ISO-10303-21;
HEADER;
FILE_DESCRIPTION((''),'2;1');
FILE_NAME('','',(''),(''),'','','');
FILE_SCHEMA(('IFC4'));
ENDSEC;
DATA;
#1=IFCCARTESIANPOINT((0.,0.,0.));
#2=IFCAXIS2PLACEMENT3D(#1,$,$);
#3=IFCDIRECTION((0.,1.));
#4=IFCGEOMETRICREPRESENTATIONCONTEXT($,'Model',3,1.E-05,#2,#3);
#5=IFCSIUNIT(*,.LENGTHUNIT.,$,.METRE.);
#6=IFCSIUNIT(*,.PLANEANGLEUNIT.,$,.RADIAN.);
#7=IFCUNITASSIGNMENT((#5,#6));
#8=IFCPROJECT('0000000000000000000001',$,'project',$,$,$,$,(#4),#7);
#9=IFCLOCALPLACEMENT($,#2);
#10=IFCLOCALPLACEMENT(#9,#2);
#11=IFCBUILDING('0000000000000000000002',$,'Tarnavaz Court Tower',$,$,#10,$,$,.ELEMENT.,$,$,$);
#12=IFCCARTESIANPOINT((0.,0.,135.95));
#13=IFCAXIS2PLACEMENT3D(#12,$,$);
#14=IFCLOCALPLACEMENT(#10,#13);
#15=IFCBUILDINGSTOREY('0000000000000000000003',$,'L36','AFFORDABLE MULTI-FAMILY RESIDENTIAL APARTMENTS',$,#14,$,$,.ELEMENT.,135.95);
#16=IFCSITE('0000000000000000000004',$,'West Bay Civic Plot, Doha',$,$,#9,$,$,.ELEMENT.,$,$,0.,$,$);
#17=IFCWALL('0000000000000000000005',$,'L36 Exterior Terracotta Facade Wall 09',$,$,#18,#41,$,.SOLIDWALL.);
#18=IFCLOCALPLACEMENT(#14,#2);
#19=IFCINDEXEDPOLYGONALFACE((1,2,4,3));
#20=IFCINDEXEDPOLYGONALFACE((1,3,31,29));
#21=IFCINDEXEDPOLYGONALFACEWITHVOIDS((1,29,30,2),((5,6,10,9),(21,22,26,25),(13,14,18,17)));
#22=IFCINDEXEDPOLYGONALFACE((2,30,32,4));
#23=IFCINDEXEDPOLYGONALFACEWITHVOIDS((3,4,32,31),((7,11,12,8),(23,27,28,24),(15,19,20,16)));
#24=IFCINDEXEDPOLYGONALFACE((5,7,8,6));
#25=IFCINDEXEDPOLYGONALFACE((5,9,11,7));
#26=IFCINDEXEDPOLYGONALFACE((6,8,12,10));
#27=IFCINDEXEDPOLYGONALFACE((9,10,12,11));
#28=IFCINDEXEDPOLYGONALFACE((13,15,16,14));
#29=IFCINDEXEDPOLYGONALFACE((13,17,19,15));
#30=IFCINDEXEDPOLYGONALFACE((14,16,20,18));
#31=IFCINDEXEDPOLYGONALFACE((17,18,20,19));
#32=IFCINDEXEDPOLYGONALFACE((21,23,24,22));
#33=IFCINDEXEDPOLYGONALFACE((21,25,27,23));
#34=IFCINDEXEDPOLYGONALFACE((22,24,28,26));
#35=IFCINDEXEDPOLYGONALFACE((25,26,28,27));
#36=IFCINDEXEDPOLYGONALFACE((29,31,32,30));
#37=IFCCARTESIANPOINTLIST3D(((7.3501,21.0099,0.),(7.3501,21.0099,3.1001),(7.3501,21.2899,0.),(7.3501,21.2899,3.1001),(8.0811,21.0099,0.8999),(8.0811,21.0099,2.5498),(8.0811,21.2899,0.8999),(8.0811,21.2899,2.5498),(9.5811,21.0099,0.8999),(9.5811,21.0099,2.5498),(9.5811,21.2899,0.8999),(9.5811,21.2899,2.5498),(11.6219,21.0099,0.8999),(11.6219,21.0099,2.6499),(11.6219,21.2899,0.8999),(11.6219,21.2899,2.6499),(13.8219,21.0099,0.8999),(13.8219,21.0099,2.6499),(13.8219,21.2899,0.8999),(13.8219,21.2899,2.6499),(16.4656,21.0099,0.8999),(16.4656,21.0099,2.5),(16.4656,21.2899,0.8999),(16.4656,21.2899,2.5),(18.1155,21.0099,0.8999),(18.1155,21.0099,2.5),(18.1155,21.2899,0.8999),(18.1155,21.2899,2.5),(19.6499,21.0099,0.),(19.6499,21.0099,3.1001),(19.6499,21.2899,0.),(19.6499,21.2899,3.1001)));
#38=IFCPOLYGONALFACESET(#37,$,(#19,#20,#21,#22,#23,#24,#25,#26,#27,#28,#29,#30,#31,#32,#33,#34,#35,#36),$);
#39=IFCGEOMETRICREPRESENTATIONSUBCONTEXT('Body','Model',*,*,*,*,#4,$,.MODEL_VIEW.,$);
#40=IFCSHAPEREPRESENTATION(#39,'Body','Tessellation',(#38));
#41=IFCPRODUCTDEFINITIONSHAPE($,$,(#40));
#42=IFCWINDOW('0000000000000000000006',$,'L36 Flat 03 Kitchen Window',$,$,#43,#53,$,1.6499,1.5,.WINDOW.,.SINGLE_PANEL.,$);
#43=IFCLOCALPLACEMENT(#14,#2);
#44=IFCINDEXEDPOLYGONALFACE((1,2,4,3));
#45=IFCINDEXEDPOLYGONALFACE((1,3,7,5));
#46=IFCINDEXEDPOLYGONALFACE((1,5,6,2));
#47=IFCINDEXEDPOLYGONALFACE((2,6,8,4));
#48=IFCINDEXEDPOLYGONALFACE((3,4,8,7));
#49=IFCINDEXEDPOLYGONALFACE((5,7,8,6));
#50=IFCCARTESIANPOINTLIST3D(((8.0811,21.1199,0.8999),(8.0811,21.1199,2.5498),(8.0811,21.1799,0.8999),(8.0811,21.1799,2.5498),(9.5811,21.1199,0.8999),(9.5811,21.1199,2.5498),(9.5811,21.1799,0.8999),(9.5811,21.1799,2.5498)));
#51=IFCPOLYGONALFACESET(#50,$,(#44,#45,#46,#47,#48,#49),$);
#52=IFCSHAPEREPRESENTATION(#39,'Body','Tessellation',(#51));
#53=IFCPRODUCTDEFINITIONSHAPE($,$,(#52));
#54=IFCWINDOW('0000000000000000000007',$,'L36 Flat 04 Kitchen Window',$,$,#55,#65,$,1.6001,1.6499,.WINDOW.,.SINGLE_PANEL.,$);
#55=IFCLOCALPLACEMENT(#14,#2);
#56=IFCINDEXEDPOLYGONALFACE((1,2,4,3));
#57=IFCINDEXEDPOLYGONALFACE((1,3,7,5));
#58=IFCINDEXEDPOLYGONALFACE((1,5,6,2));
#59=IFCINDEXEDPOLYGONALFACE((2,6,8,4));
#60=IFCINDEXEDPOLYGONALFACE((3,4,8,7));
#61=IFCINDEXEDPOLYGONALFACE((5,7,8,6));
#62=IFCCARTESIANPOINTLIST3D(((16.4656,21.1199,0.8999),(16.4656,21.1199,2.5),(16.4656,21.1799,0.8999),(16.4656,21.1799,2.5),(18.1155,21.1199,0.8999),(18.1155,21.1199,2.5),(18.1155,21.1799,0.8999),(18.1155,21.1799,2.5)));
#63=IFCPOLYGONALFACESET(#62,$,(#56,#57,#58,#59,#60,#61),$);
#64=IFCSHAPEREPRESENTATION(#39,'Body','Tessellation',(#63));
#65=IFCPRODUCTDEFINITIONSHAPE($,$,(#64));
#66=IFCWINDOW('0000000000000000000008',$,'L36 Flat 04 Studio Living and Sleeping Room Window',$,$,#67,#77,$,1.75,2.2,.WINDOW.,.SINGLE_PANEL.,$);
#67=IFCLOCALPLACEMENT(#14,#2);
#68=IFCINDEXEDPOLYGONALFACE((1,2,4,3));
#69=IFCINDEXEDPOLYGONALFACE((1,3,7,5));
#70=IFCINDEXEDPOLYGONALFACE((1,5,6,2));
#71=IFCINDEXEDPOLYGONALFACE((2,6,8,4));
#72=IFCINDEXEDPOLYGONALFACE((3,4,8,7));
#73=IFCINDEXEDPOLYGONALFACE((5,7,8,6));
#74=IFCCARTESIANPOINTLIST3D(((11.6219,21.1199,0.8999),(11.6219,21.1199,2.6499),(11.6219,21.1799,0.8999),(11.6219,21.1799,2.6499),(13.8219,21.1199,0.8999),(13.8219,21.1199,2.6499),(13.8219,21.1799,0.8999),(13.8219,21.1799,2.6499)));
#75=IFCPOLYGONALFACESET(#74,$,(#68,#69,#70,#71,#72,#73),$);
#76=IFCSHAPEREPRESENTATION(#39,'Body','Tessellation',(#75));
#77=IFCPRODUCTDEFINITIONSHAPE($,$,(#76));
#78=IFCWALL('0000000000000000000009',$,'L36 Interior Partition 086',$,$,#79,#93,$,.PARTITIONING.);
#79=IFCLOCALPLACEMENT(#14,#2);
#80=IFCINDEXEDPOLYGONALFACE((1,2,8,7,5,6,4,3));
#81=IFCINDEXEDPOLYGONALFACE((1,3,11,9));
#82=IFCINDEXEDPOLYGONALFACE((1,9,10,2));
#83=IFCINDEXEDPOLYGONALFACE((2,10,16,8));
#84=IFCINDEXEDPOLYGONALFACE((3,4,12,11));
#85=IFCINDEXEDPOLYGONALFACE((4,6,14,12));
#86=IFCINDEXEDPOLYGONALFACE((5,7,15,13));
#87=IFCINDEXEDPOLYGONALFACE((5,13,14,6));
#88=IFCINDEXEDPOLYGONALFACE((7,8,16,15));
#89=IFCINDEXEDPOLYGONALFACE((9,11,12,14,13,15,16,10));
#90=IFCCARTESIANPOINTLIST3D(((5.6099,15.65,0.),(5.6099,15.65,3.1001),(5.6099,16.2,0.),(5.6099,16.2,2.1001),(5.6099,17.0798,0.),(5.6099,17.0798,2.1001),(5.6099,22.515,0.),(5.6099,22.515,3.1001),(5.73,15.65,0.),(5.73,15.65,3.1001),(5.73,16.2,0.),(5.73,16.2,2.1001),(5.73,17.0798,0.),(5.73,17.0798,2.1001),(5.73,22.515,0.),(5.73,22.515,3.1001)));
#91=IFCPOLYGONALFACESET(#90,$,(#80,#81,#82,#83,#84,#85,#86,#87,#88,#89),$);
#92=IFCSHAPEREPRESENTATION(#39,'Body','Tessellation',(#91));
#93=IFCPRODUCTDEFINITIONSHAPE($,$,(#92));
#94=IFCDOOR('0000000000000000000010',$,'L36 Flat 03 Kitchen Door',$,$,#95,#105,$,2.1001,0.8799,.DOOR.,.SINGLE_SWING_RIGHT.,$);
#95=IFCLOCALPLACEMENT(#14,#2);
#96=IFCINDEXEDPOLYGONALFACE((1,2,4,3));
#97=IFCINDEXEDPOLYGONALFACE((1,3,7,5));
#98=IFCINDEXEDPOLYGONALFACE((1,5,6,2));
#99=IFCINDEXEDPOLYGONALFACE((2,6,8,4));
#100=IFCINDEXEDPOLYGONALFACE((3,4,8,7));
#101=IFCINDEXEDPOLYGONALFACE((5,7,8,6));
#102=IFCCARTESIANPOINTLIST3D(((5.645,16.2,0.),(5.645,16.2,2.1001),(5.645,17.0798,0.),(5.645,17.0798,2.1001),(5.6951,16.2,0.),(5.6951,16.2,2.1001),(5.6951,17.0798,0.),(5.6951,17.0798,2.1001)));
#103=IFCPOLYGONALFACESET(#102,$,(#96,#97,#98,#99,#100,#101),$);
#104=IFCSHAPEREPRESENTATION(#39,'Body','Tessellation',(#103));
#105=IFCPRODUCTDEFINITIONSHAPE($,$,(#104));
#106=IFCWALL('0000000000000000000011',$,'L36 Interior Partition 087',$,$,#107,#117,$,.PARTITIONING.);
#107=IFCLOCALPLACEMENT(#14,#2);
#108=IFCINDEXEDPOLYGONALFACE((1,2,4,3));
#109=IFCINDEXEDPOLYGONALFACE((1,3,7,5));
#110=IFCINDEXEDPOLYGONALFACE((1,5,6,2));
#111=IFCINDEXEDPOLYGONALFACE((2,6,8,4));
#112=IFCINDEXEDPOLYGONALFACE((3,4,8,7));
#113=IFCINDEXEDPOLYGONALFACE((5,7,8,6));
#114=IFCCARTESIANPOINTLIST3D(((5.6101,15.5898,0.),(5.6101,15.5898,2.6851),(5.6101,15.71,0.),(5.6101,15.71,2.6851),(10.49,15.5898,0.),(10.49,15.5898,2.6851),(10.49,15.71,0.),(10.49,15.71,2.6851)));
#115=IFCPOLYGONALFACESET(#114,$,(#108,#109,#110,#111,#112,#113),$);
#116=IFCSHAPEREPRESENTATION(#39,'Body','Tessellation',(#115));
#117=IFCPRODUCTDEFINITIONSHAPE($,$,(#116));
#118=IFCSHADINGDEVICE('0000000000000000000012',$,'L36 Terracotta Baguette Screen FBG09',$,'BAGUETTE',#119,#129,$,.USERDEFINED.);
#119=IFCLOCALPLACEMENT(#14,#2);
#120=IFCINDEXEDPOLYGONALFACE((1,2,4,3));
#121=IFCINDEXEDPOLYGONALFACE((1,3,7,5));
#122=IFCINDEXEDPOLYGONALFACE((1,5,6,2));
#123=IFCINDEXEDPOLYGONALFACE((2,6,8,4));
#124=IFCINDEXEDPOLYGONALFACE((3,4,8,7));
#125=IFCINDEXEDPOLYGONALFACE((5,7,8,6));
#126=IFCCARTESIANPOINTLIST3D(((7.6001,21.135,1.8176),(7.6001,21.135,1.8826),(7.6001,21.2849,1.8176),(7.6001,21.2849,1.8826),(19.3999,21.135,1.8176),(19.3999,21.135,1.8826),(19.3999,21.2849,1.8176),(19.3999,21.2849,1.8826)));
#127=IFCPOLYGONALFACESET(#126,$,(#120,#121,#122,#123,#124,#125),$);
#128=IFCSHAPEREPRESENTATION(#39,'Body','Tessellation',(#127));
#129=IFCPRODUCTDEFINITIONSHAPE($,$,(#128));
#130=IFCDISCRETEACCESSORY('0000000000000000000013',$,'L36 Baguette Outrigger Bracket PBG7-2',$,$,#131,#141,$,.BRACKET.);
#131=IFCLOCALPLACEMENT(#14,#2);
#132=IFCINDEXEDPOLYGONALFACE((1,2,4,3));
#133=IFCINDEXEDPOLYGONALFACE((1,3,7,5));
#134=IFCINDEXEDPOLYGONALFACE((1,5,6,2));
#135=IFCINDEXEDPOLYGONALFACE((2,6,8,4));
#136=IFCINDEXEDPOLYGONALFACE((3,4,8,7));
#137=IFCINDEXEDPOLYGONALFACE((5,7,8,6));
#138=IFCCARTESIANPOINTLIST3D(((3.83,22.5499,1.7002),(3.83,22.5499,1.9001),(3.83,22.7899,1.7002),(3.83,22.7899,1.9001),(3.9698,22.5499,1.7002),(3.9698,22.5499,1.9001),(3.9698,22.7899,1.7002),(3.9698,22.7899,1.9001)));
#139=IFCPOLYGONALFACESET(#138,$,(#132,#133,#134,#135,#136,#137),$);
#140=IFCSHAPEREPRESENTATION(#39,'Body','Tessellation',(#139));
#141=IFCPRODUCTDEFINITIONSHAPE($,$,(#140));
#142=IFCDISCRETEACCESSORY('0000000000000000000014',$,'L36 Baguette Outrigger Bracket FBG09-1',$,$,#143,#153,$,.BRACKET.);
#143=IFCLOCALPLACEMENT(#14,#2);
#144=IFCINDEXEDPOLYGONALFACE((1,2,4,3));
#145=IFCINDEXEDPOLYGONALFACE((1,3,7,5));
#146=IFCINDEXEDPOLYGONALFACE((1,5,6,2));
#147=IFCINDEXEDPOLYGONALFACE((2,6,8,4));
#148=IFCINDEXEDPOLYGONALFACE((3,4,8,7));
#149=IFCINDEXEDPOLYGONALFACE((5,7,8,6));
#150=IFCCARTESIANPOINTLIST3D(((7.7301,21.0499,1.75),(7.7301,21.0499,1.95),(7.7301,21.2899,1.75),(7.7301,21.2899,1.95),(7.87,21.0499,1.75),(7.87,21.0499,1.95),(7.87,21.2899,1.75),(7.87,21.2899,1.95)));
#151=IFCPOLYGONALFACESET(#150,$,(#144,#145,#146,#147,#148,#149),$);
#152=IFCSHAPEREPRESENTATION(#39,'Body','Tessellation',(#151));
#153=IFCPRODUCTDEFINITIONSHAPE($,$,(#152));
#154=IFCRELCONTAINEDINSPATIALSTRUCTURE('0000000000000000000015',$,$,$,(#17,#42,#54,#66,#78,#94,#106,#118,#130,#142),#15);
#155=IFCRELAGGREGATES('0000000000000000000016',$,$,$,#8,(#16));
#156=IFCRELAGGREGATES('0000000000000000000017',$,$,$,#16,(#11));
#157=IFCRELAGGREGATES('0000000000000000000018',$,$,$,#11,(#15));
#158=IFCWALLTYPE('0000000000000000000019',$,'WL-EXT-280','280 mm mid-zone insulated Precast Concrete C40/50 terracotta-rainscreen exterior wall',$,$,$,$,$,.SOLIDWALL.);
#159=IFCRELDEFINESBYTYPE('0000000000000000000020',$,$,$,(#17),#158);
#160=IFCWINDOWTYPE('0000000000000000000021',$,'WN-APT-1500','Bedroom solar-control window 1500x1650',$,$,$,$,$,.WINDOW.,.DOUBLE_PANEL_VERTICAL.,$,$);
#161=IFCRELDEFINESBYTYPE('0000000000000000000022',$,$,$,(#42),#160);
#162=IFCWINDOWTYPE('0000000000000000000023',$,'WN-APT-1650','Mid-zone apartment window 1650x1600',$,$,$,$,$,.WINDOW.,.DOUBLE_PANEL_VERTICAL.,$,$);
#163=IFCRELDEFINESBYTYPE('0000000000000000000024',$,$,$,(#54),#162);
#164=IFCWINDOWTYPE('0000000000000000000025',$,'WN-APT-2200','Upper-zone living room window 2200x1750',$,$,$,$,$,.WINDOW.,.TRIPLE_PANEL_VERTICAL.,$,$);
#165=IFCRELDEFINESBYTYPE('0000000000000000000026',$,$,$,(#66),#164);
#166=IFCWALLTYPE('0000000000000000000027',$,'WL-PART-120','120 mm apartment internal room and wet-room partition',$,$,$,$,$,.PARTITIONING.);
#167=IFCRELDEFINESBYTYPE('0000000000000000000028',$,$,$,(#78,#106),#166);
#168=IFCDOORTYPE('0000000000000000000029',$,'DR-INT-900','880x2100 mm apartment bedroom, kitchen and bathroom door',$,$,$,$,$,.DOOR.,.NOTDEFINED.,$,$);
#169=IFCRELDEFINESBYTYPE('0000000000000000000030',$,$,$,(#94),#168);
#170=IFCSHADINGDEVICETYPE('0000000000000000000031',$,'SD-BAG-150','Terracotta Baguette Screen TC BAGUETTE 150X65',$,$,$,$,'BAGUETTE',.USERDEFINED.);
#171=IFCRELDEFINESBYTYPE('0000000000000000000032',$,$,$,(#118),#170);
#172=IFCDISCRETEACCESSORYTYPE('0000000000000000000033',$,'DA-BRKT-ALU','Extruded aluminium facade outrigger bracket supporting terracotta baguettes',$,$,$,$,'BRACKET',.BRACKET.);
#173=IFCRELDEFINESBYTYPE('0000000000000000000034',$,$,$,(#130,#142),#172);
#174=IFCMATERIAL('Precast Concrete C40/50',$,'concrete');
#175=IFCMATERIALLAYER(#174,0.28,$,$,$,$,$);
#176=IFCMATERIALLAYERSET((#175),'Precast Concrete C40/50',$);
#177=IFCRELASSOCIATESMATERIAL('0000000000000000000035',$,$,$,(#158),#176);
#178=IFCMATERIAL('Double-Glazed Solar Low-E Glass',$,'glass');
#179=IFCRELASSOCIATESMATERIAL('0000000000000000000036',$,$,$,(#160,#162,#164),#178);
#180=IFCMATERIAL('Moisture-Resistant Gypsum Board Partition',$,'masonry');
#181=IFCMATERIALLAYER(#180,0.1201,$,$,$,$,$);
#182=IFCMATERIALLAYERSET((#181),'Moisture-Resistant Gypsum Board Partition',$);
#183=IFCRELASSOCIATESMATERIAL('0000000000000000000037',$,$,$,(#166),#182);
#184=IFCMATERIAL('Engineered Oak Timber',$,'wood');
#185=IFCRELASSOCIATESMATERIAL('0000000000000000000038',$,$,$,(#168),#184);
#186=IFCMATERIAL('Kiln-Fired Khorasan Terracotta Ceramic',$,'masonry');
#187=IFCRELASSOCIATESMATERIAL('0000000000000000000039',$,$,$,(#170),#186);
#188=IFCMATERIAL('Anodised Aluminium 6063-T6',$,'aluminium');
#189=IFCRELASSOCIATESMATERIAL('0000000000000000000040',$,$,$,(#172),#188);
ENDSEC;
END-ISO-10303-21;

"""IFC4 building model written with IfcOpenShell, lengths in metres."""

from ifc_helpers import new_model, si_unit, direction, frame, frame_2d, origin, origin_2d, place, context, subcontext, project, spatial, rectangle, extrude, material, layer, layer_set, material_profile, profile_set, type_object, element, fill, save


model = new_model("IFC4")

# Units and contexts
model_context = context("Model", 3, precision=1e-05, world=origin(), true_north=direction((0.0, 1.0)))
body_context = subcontext(model_context, "Body", "Model", "MODEL_VIEW")
ifc_project = project(units=[si_unit("LENGTHUNIT", "METRE"), si_unit("PLANEANGLEUNIT", "RADIAN")], contexts=[model_context])

# Site, building, storey
site_placement = place(None, origin())
site = spatial("IfcSite", under=ifc_project, at=site_placement, Name="West Bay Civic Plot, Doha", CompositionType="ELEMENT", RefElevation=0.0)
building_placement = place(site_placement, origin())
building = spatial("IfcBuilding", under=site, at=building_placement, Name="Tarnavaz Court Tower", CompositionType="ELEMENT")
storey_placement = place(building_placement, frame((0.0, 0.0, 135.95)))
storey = spatial("IfcBuildingStorey", under=building, at=storey_placement, Name="L36", Description="AFFORDABLE MULTI-FAMILY RESIDENTIAL APARTMENTS", CompositionType="ELEMENT", Elevation=135.95)

# Shared definitions
ifc_material_1 = material(Name="Anodised Aluminium 6063-T6", Category="aluminium")
ifc_material_2 = material(Name="Double-Glazed Solar Low-E Glass", Category="glass")

# Shared definitions
ifc_material_3 = material(Name="Precast Concrete C40/50", Category="concrete")
ifc_layer_1 = layer(ifc_material_3, 0.28)
ifc_layer_set_1 = layer_set([ifc_layer_1], Name="Precast Concrete C40/50")
wall_type_1 = type_object("IfcWallType", Name="WL-EXT-280", Description="280 mm mid-zone insulated Precast Concrete C40/50 terracotta-rainscreen exterior wall", PredefinedType="SOLIDWALL", material=ifc_layer_set_1)

# Wall, openings, windows
wall_1_placement = place(storey_placement, frame((7.3501, 21.1499, 0.0), z_axis=(0.0, 0.0, 1.0), x_axis=(1.0, 0.0, 0.0)))
wall_1 = element("IfcWall", 1, at=wall_1_placement, inside=storey, type_object=wall_type_1, Name="L36 Exterior Terracotta Facade Wall 09", PredefinedType="SOLIDWALL", context=body_context, shape_type="SweptSolid", body=[
    extrude(rectangle(XDim=12.2998, YDim=0.28, at=frame_2d((6.1499, 0.0))), origin(), (0.0, 0.0, 1.0), 3.1001),
])
opening_1_placement = place(wall_1_placement, frame((0.731, 0.0, 0.8999)))
opening_1 = element("IfcOpeningElement", 2, at=opening_1_placement, cuts=wall_1, PredefinedType="OPENING", context=body_context, shape_type="SweptSolid", body=[
    extrude(rectangle(XDim=1.5, YDim=1.6499, at=frame_2d((0.75, 0.825))), frame((0.0, 0.1499, 0.0), z_axis=(0.0, -1.0, 0.0), x_axis=(1.0, 0.0, 0.0)), (0.0, 0.0, 1.0), 0.3),
])
opening_2_placement = place(wall_1_placement, frame((4.2717, 0.0, 0.8999)))
opening_2 = element("IfcOpeningElement", 3, at=opening_2_placement, cuts=wall_1, PredefinedType="OPENING", context=body_context, shape_type="SweptSolid", body=[
    extrude(rectangle(XDim=2.2, YDim=1.75, at=frame_2d((1.1001, 0.875))), frame((0.0, 0.1499, 0.0), z_axis=(0.0, -1.0, 0.0), x_axis=(1.0, 0.0, 0.0)), (0.0, 0.0, 1.0), 0.3),
])
opening_3_placement = place(wall_1_placement, frame((9.1155, 0.0, 0.8999)))
opening_3 = element("IfcOpeningElement", 4, at=opening_3_placement, cuts=wall_1, PredefinedType="OPENING", context=body_context, shape_type="SweptSolid", body=[
    extrude(rectangle(XDim=1.6499, YDim=1.6001, at=frame_2d((0.825, 0.8))), frame((0.0, 0.1499, 0.0), z_axis=(0.0, -1.0, 0.0), x_axis=(1.0, 0.0, 0.0)), (0.0, 0.0, 1.0), 0.3),
])
window_type_1 = type_object("IfcWindowType", Name="WN-APT-1500", Description="Bedroom solar-control window 1500x1650", PartitioningType="DOUBLE_PANEL_VERTICAL", PredefinedType="WINDOW", material=ifc_material_2)
window_1_placement = place(opening_1_placement, origin())
window_1 = element("IfcWindow", 5, at=window_1_placement, inside=storey, type_object=window_type_1, Name="L36 Flat 03 Kitchen Window", OverallHeight=1.6499, OverallWidth=1.5, PartitioningType="SINGLE_PANEL", PredefinedType="WINDOW", context=body_context, shape_type="SweptSolid", body=[
    extrude(rectangle(XDim=1.5, YDim=1.6499, at=frame_2d((0.75, 0.825))), frame((0.0, 0.03, 0.0), z_axis=(0.0, -1.0, 0.0), x_axis=(1.0, 0.0, 0.0)), (0.0, 0.0, 1.0), 0.0601),
])
fill(opening_1, window_1)
window_type_2 = type_object("IfcWindowType", Name="WN-APT-1650", Description="Mid-zone apartment window 1650x1600", PartitioningType="DOUBLE_PANEL_VERTICAL", PredefinedType="WINDOW", material=ifc_material_2)
window_2_placement = place(opening_3_placement, origin())
window_2 = element("IfcWindow", 6, at=window_2_placement, inside=storey, type_object=window_type_2, Name="L36 Flat 04 Kitchen Window", OverallHeight=1.6001, OverallWidth=1.6499, PartitioningType="SINGLE_PANEL", PredefinedType="WINDOW", context=body_context, shape_type="SweptSolid", body=[
    extrude(rectangle(XDim=1.6499, YDim=1.6001, at=frame_2d((0.825, 0.8))), frame((0.0, 0.03, 0.0), z_axis=(0.0, -1.0, 0.0), x_axis=(1.0, 0.0, 0.0)), (0.0, 0.0, 1.0), 0.0601),
])
fill(opening_3, window_2)
window_type_3 = type_object("IfcWindowType", Name="WN-APT-2200", Description="Upper-zone living room window 2200x1750", PartitioningType="TRIPLE_PANEL_VERTICAL", PredefinedType="WINDOW", material=ifc_material_2)
window_3_placement = place(opening_2_placement, origin())
window_3 = element("IfcWindow", 7, at=window_3_placement, inside=storey, type_object=window_type_3, Name="L36 Flat 04 Studio Living and Sleeping Room Window", OverallHeight=1.75, OverallWidth=2.2, PartitioningType="SINGLE_PANEL", PredefinedType="WINDOW", context=body_context, shape_type="SweptSolid", body=[
    extrude(rectangle(XDim=2.2, YDim=1.75, at=frame_2d((1.1001, 0.875))), frame((0.0, 0.03, 0.0), z_axis=(0.0, -1.0, 0.0), x_axis=(1.0, 0.0, 0.0)), (0.0, 0.0, 1.0), 0.0601),
])
fill(opening_2, window_3)

# Wall, opening, door
ifc_material_4 = material(Name="Moisture-Resistant Gypsum Board Partition", Category="masonry")
ifc_layer_2 = layer(ifc_material_4, 0.1201)
ifc_layer_set_2 = layer_set([ifc_layer_2], Name="Moisture-Resistant Gypsum Board Partition")
wall_type_2 = type_object("IfcWallType", Name="WL-PART-120", Description="120 mm apartment internal room and wet-room partition", PredefinedType="PARTITIONING", material=ifc_layer_set_2)
wall_2_placement = place(storey_placement, frame((5.6699, 15.6499, 0.0), z_axis=(0.0, 0.0, 1.0), x_axis=(0.0, 1.0, 0.0)))
wall_2 = element("IfcWall", 8, at=wall_2_placement, inside=storey, type_object=wall_type_2, Name="L36 Interior Partition 086", PredefinedType="PARTITIONING", context=body_context, shape_type="SweptSolid", body=[
    extrude(rectangle(XDim=6.865, YDim=0.1201, at=frame_2d((3.4326, 0.0))), origin(), (0.0, 0.0, 1.0), 3.1001),
])
opening_4_placement = place(wall_2_placement, frame((0.55, 0.0, 0.0)))
opening_4 = element("IfcOpeningElement", 9, at=opening_4_placement, cuts=wall_2, PredefinedType="OPENING", context=body_context, shape_type="SweptSolid", body=[
    extrude(rectangle(XDim=0.8799, YDim=2.1001, at=frame_2d((0.4399, 1.05))), frame((0.0, 0.0701, 0.0), z_axis=(0.0, -1.0, 0.0), x_axis=(1.0, 0.0, 0.0)), (0.0, 0.0, 1.0), 0.1401),
])
ifc_material_5 = material(Name="Engineered Oak Timber", Category="wood")
door_type = type_object("IfcDoorType", Name="DR-INT-900", Description="880x2100 mm apartment bedroom, kitchen and bathroom door", OperationType="NOTDEFINED", PredefinedType="DOOR", material=ifc_material_5)
door_placement = place(opening_4_placement, origin())
door = element("IfcDoor", 10, at=door_placement, inside=storey, type_object=door_type, Name="L36 Flat 03 Kitchen Door", OperationType="SINGLE_SWING_RIGHT", OverallHeight=2.1001, OverallWidth=0.8799, PredefinedType="DOOR", context=body_context, shape_type="SweptSolid", body=[
    extrude(rectangle(XDim=0.8799, YDim=2.1001, at=frame_2d((0.4399, 1.05))), frame((0.0, 0.0249, 0.0), z_axis=(0.0, -1.0, 0.0), x_axis=(1.0, 0.0, 0.0)), (0.0, 0.0, 1.0), 0.05),
])
fill(opening_4, door)

# Wall
wall_3_placement = place(storey_placement, frame((5.6101, 15.6499, 0.0), z_axis=(0.0, 0.0, 1.0), x_axis=(1.0, 0.0, 0.0)))
element("IfcWall", 11, at=wall_3_placement, inside=storey, type_object=wall_type_2, Name="L36 Interior Partition 087", PredefinedType="PARTITIONING", context=body_context, shape_type="SweptSolid", body=[
    extrude(rectangle(XDim=4.8799, YDim=0.1201, at=frame_2d((2.4399, 0.0))), origin(), (0.0, 0.0, 1.0), 2.6851),
])

# Shading device
ifc_material_6 = material(Name="Kiln-Fired Khorasan Terracotta Ceramic", Category="masonry")
ifc_material_profile_1 = material_profile(ifc_material_6, rectangle(XDim=0.1499, YDim=0.0649, at=origin_2d()), Name="TC BAGUETTE 150X65")
ifc_profile_set_1 = profile_set([ifc_material_profile_1], Name="Kiln-Fired Khorasan Terracotta Ceramic")
shading_device_type = type_object("IfcShadingDeviceType", Name="SD-BAG-150", Description="Terracotta Baguette Screen TC BAGUETTE 150X65", ElementType="BAGUETTE", PredefinedType="USERDEFINED", material=ifc_profile_set_1)
shading_device_placement = place(storey_placement, frame((7.6001, 21.21, 1.8501), z_axis=(1.0, 0.0, 0.0), x_axis=(0.0, 1.0, 0.0)))
element("IfcShadingDevice", 12, at=shading_device_placement, inside=storey, type_object=shading_device_type, Name="L36 Terracotta Baguette Screen FBG09", ObjectType="BAGUETTE", PredefinedType="USERDEFINED", context=body_context, shape_type="SweptSolid", body=[
    extrude(rectangle(XDim=0.1499, YDim=0.0649, at=origin_2d()), origin(), (0.0, 0.0, 1.0), 11.7998),
])

# Discrete accessories
discrete_accessory_type = type_object("IfcDiscreteAccessoryType", Name="DA-BRKT-ALU", Description="Extruded aluminium facade outrigger bracket supporting terracotta baguettes", ElementType="BRACKET", PredefinedType="BRACKET", material=ifc_material_1)
for number, where, z_axis, x_axis, name in (
    (13, (3.8999, 22.6699, 1.7002), (0.0, 0.0, 1.0), (1.0, 0.0, 0.0), "L36 Baguette Outrigger Bracket PBG7-2"),
    (14, (7.8, 21.1699, 1.75), (0.0, 0.0, 1.0), (1.0, 0.0, 0.0), "L36 Baguette Outrigger Bracket FBG09-1"),
):
    element("IfcDiscreteAccessory", number, at=place(storey_placement, frame(where, z_axis=z_axis, x_axis=x_axis)), inside=storey, type_object=discrete_accessory_type, Name=name, PredefinedType="BRACKET", context=body_context, shape_type="SweptSolid", body=[
        extrude(rectangle(XDim=0.1399, YDim=0.24, at=origin_2d()), origin(), (0.0, 0.0, 1.0), 0.2),
    ])

save(model, "model.ifc")
